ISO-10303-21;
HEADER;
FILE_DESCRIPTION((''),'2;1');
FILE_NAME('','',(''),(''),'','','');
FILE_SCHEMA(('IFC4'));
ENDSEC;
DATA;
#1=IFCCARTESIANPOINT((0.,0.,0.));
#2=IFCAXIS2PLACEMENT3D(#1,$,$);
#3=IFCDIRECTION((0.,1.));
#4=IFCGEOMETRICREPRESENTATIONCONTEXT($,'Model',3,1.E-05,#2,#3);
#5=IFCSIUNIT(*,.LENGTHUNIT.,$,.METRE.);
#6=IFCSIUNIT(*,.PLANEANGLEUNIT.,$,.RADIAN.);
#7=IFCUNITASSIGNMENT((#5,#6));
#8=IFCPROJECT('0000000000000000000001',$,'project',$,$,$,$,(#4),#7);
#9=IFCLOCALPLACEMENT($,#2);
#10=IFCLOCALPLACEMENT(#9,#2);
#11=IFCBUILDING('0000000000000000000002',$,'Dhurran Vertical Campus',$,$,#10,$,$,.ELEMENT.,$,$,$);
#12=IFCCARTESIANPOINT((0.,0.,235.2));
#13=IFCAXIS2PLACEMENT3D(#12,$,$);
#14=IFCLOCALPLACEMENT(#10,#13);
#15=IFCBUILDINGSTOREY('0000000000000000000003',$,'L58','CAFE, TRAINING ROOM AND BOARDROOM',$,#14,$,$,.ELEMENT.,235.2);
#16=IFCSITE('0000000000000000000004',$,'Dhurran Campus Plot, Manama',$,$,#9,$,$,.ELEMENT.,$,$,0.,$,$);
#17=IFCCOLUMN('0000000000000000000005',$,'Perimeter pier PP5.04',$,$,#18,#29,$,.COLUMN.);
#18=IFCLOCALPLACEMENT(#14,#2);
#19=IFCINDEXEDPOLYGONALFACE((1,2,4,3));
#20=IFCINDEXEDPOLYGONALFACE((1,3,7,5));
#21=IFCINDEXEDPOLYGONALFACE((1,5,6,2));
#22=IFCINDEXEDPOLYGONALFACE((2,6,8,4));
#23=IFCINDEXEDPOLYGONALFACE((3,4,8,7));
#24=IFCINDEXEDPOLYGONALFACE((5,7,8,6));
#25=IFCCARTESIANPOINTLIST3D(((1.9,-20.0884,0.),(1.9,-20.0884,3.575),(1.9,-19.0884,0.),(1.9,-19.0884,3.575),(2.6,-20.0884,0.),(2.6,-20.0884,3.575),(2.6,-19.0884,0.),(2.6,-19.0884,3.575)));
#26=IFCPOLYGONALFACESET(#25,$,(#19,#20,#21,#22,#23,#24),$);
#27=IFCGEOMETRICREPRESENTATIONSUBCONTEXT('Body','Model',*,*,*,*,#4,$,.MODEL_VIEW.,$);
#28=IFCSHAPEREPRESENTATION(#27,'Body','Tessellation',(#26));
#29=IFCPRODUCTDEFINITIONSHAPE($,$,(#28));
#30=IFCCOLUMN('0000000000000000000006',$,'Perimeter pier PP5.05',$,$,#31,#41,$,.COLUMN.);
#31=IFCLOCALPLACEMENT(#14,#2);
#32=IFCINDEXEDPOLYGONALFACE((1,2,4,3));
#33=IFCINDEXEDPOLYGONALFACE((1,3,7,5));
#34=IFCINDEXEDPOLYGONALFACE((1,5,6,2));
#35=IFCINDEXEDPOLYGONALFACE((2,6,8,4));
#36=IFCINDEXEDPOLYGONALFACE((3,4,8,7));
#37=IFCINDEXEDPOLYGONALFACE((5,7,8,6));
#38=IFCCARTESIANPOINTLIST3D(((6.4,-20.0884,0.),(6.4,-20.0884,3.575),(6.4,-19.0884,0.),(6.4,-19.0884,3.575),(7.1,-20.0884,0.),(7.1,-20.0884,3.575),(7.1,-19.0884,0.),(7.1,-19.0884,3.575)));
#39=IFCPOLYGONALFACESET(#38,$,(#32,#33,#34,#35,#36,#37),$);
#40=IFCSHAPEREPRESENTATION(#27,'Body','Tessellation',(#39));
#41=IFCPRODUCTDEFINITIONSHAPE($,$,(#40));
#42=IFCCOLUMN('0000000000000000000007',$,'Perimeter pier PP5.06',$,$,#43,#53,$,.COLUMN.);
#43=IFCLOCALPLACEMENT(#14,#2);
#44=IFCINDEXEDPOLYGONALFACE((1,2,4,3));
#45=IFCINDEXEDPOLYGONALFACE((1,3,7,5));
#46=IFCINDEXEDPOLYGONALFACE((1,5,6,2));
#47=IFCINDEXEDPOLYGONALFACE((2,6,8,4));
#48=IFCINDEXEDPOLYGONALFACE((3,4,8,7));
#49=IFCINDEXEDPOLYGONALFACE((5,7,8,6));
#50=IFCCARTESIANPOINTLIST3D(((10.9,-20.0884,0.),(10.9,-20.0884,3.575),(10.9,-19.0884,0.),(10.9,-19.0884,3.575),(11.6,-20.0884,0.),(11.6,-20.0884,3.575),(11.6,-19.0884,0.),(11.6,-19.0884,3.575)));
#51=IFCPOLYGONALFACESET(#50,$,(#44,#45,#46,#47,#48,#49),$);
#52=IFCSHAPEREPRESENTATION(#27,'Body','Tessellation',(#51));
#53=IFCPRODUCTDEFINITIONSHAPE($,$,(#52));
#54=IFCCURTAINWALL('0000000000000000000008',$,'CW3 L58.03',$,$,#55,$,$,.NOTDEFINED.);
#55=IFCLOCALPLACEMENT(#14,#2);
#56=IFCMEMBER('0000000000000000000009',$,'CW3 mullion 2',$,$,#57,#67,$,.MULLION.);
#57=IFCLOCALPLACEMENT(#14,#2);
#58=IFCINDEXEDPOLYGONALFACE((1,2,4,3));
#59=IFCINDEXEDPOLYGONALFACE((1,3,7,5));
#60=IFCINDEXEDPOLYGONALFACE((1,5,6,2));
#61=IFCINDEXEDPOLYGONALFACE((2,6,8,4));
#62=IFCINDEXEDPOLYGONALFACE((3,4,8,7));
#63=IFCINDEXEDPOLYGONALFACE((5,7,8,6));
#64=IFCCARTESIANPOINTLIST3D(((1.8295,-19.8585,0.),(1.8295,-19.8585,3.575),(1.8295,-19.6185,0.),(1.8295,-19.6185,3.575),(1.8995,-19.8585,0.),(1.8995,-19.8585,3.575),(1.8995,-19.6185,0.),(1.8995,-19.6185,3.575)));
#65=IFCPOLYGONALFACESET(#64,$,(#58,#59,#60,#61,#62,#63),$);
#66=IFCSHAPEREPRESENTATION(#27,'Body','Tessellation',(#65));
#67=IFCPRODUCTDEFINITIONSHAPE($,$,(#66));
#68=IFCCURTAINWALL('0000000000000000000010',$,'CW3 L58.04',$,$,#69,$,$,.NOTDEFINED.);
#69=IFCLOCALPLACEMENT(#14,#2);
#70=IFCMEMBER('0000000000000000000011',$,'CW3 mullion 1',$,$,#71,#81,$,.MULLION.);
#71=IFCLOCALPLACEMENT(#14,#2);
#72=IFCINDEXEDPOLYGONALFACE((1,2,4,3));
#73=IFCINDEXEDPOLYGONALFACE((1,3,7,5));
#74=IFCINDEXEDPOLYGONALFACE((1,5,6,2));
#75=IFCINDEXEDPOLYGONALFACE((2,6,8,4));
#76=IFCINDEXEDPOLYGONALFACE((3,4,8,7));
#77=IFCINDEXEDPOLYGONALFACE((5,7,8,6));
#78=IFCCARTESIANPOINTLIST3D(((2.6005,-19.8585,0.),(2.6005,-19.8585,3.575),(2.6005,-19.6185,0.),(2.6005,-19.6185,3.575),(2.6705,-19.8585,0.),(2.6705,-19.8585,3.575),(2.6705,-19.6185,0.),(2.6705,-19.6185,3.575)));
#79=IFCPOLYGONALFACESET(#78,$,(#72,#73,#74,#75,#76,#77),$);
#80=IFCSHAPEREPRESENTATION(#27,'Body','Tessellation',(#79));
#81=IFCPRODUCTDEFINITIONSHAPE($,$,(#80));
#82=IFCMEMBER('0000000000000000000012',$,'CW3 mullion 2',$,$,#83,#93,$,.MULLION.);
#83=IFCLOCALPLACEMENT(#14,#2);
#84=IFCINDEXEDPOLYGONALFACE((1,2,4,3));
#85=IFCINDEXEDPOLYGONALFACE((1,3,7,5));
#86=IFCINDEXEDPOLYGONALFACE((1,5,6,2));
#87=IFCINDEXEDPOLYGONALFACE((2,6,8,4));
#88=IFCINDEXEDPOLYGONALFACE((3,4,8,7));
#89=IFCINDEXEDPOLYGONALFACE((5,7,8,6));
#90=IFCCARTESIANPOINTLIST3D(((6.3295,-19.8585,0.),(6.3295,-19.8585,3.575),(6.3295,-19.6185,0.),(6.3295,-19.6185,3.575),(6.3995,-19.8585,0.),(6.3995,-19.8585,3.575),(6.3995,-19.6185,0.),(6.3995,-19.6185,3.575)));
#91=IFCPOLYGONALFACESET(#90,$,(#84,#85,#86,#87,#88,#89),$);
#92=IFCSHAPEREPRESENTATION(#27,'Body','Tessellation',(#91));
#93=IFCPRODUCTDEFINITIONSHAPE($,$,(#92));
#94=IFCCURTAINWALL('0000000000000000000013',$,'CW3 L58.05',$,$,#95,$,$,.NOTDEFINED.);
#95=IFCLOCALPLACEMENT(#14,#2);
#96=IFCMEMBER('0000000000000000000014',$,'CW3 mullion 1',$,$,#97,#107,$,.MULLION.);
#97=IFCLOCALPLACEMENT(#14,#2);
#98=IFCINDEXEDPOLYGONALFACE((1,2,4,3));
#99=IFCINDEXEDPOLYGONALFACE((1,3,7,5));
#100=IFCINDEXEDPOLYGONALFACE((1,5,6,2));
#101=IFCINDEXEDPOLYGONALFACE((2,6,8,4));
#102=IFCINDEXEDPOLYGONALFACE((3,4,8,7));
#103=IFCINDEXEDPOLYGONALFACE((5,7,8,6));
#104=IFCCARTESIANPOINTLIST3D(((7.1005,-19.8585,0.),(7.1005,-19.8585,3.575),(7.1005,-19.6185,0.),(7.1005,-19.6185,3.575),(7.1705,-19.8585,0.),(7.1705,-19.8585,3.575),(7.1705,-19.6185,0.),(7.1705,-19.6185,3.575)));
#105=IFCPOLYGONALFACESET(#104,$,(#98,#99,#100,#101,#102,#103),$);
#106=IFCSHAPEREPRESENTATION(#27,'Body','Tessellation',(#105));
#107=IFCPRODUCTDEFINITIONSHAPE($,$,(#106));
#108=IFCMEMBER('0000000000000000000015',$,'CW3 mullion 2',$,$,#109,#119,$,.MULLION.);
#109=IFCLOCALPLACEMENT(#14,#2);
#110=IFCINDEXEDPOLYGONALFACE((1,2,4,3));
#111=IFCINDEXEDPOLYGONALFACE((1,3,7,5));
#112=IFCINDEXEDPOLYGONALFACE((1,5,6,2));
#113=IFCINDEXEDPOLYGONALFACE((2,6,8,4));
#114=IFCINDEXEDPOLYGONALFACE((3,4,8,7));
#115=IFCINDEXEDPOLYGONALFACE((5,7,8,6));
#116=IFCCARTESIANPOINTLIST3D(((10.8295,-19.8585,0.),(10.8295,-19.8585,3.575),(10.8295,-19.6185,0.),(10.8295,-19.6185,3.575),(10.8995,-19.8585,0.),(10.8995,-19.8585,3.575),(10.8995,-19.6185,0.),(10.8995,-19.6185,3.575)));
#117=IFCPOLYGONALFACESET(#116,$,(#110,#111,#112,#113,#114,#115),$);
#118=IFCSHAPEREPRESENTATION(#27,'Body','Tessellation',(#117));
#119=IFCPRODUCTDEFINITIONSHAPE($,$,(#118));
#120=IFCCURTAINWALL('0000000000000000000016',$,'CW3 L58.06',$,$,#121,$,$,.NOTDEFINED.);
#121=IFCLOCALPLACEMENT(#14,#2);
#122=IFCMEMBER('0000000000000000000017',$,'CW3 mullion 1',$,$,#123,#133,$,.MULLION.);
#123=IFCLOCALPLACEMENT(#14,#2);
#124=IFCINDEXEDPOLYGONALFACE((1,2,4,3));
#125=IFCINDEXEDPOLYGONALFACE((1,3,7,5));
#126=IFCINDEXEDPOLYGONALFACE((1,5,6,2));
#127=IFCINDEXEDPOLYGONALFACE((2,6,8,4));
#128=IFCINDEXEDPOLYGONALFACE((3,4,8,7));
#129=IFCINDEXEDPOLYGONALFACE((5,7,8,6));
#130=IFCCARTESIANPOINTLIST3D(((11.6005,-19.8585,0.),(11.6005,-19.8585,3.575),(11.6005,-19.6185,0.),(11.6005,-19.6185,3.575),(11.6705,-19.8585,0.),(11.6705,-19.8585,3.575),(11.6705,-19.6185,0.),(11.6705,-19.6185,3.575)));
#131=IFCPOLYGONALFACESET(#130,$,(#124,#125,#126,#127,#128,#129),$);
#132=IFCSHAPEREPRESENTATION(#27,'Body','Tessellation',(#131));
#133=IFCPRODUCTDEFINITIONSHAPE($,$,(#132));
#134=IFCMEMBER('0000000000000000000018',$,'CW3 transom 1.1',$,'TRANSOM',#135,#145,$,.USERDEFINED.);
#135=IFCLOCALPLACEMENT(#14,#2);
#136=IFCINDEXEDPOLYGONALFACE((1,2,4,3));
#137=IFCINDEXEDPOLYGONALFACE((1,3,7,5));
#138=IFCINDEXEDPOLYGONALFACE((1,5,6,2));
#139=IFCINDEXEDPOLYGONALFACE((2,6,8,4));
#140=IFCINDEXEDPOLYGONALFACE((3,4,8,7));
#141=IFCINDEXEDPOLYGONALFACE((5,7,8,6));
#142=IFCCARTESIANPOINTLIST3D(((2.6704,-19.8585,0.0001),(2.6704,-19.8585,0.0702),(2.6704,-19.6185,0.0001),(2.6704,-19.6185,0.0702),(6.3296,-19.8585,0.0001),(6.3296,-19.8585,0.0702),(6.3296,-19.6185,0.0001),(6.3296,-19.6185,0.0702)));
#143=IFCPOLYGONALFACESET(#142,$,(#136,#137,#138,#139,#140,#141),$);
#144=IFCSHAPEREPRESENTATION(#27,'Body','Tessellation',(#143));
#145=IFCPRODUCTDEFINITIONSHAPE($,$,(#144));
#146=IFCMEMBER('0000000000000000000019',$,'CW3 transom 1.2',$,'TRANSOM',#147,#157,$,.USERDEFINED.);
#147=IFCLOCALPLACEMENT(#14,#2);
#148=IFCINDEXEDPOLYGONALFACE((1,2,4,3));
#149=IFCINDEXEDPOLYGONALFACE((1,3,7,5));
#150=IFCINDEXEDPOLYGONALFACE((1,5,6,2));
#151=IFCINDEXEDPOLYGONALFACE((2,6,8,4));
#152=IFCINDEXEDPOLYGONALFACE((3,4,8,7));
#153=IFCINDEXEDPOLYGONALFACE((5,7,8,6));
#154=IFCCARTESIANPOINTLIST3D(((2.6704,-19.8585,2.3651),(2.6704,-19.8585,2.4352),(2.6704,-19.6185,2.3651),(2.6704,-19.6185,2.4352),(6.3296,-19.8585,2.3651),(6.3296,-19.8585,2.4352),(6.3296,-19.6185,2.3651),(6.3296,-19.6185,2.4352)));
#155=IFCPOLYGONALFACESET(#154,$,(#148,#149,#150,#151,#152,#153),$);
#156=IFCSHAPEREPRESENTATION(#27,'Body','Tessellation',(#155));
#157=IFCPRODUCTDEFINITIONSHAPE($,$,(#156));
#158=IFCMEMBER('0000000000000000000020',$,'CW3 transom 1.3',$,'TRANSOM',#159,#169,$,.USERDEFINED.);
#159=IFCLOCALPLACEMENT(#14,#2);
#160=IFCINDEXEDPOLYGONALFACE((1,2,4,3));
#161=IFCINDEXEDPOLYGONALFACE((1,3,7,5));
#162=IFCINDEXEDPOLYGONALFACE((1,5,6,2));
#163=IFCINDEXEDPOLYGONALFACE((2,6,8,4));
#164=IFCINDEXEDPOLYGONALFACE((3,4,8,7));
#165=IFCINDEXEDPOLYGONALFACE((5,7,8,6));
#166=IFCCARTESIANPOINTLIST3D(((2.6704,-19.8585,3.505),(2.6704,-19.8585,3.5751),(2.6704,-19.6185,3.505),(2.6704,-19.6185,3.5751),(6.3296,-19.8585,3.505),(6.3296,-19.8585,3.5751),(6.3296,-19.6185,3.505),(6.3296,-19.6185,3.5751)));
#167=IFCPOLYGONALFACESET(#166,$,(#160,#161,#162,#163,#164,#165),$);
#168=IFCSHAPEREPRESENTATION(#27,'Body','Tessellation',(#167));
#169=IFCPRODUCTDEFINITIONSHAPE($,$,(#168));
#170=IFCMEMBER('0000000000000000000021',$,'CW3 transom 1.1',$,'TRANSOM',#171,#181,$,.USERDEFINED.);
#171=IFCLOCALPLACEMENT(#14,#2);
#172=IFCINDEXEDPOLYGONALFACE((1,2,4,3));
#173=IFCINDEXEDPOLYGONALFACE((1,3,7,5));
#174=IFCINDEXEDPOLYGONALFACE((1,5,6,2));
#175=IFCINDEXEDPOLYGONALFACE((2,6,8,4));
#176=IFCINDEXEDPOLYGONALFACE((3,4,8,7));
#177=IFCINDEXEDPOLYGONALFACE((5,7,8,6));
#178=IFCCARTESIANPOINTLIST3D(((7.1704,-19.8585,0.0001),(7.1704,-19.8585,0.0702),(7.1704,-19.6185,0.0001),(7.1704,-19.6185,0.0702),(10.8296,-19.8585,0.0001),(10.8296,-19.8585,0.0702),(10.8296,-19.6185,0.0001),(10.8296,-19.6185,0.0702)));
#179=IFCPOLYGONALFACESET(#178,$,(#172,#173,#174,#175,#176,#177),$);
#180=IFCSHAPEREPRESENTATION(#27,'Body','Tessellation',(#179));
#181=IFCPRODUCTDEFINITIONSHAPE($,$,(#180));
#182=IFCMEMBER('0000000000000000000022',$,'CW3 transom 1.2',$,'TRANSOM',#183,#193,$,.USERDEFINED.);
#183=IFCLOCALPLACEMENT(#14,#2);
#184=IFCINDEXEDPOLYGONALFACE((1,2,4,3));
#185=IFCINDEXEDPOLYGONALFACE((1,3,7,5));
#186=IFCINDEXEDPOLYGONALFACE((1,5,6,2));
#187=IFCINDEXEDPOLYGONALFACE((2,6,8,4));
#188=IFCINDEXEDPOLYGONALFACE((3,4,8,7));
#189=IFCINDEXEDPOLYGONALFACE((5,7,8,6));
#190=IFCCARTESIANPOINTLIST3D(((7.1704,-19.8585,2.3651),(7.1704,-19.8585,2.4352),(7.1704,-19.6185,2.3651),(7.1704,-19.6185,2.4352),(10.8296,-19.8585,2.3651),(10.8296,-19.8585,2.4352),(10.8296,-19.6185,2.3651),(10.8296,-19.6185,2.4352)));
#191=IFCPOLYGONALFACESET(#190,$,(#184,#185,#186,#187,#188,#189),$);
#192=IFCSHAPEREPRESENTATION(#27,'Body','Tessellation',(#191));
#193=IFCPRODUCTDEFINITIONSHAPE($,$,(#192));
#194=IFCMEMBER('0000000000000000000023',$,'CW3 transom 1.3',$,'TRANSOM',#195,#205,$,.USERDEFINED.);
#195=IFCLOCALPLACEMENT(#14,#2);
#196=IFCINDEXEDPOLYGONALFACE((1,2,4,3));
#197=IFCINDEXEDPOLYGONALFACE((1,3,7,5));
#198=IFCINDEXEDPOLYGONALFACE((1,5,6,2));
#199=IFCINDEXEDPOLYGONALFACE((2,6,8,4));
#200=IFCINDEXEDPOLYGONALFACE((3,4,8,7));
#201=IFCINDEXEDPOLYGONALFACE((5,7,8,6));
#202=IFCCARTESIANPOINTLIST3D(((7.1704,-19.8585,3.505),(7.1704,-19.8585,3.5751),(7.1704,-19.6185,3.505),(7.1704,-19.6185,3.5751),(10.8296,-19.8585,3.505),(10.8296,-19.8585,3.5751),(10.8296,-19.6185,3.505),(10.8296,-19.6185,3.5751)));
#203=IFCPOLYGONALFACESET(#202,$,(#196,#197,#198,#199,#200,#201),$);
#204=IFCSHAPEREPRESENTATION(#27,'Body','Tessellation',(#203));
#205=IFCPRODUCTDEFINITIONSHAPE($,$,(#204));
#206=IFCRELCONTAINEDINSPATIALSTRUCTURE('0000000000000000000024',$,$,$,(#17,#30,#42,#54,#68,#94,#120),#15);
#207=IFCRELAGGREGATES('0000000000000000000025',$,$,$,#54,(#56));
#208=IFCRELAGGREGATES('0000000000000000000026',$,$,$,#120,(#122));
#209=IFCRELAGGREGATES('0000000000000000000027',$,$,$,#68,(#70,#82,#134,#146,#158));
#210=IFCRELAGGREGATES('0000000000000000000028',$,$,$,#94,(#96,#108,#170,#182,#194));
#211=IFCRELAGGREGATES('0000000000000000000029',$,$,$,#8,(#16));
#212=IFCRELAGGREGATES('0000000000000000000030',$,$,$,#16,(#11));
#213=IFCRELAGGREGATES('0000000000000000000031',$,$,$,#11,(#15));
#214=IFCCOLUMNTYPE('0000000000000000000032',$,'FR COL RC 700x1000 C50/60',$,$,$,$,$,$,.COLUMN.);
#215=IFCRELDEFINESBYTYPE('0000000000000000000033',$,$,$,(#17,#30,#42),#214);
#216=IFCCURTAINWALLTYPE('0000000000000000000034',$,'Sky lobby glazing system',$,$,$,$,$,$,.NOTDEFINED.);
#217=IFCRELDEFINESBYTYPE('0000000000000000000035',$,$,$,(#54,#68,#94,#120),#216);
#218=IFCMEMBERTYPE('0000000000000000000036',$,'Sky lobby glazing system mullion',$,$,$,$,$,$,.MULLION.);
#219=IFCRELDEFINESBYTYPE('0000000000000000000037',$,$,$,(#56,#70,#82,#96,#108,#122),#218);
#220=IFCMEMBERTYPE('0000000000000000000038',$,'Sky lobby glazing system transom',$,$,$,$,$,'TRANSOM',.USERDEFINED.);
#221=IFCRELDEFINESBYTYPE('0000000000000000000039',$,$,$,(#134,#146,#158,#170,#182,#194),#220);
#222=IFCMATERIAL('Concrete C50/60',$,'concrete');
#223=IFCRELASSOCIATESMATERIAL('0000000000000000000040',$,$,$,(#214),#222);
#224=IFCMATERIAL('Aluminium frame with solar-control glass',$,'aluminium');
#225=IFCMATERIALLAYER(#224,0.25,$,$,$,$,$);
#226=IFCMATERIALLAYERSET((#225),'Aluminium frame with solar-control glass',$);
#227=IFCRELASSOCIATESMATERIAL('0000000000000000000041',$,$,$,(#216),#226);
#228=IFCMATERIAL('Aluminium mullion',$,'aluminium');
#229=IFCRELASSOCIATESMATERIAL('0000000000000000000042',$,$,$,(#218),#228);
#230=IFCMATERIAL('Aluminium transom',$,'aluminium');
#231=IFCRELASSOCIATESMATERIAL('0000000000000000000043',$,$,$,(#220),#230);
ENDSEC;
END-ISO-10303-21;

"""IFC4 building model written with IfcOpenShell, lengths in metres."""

from ifc_helpers import new_model, si_unit, direction, frame, origin, origin_2d, place, context, subcontext, project, spatial, rectangle, extrude, material, layer, layer_set, material_profile, profile_set, type_object, element, aggregate, save


model = new_model("IFC4")

# Units and contexts
model_context = context("Model", 3, precision=1e-05, world=origin(), true_north=direction((0.0, 1.0)))
body_context = subcontext(model_context, "Body", "Model", "MODEL_VIEW")
ifc_project = project(units=[si_unit("LENGTHUNIT", "METRE"), si_unit("PLANEANGLEUNIT", "RADIAN")], contexts=[model_context])

# Site, building, storey
site_placement = place(None, origin())
site = spatial("IfcSite", under=ifc_project, at=site_placement, Name="Dhurran Campus Plot, Manama", CompositionType="ELEMENT", RefElevation=0.0)
building_placement = place(site_placement, origin())
building = spatial("IfcBuilding", under=site, at=building_placement, Name="Dhurran Vertical Campus", CompositionType="ELEMENT")
storey_placement = place(building_placement, frame((0.0, 0.0, 235.2)))
storey = spatial("IfcBuildingStorey", under=building, at=storey_placement, Name="L58", Description="CAFE, TRAINING ROOM AND BOARDROOM", CompositionType="ELEMENT", Elevation=235.2)

# Columns
ifc_material_1 = material(Name="Concrete C50/60", Category="concrete")
ifc_material_profile_1 = material_profile(ifc_material_1, rectangle(XDim=0.7, YDim=1.0, at=origin_2d()), Name="RC 700x1000")
ifc_profile_set_1 = profile_set([ifc_material_profile_1], Name="Concrete C50/60")
column_type = type_object("IfcColumnType", Name="FR COL RC 700x1000 C50/60", PredefinedType="COLUMN", material=ifc_profile_set_1)
for number, where, z_axis, x_axis, name in (
    (1, (2.25, -19.5884, 0.0), (0.0, 0.0, 1.0), (1.0, 0.0, 0.0), "Perimeter pier PP5.04"),
    (2, (6.75, -19.5884, 0.0), (0.0, 0.0, 1.0), (1.0, 0.0, 0.0), "Perimeter pier PP5.05"),
    (3, (11.25, -19.5884, 0.0), (0.0, 0.0, 1.0), (1.0, 0.0, 0.0), "Perimeter pier PP5.06"),
):
    element("IfcColumn", number, at=place(storey_placement, frame(where, z_axis=z_axis, x_axis=x_axis)), inside=storey, type_object=column_type, Name=name, PredefinedType="COLUMN", context=body_context, shape_type="SweptSolid", body=[
        extrude(rectangle(XDim=0.7, YDim=1.0, at=origin_2d()), origin(), (0.0, 0.0, 1.0), 3.575),
    ])

# Curtain wall, member
ifc_material_2 = material(Name="Aluminium frame with solar-control glass", Category="aluminium")
ifc_layer_1 = layer(ifc_material_2, 0.25)
ifc_layer_set_1 = layer_set([ifc_layer_1], Name="Aluminium frame with solar-control glass")
curtain_wall_type = type_object("IfcCurtainWallType", Name="Sky lobby glazing system", PredefinedType="NOTDEFINED", material=ifc_layer_set_1)
curtain_wall_1_placement = place(storey_placement, origin())
curtain_wall_1 = element("IfcCurtainWall", 4, at=curtain_wall_1_placement, inside=storey, type_object=curtain_wall_type, Name="CW3 L58.03", PredefinedType="NOTDEFINED")
ifc_material_3 = material(Name="Aluminium mullion", Category="aluminium")
ifc_material_profile_2 = material_profile(ifc_material_3, rectangle(XDim=0.24, YDim=0.0701, at=origin_2d()), Name="Sky lobby glazing system mullion")
ifc_profile_set_2 = profile_set([ifc_material_profile_2], Name="Aluminium mullion")
member_type_1 = type_object("IfcMemberType", Name="Sky lobby glazing system mullion", PredefinedType="MULLION", material=ifc_profile_set_2)
member_1_placement = place(storey_placement, frame((1.8645, -19.7385, 0.0), z_axis=(0.0, 0.0, 1.0), x_axis=(0.0, 1.0, 0.0)))
member_1 = element("IfcMember", 5, at=member_1_placement, type_object=member_type_1, Name="CW3 mullion 2", PredefinedType="MULLION", context=body_context, shape_type="SweptSolid", body=[
    extrude(rectangle(XDim=0.24, YDim=0.0701, at=origin_2d()), origin(), (0.0, 0.0, 1.0), 3.575),
])
aggregate(curtain_wall_1, [member_1])

# Curtain walls, members
curtain_wall_2_placement = place(storey_placement, origin())
curtain_wall_2 = element("IfcCurtainWall", 6, at=curtain_wall_2_placement, inside=storey, type_object=curtain_wall_type, Name="CW3 L58.04", PredefinedType="NOTDEFINED")
member_2_placement = place(storey_placement, frame((2.6355, -19.7385, 0.0), z_axis=(0.0, 0.0, 1.0), x_axis=(0.0, 1.0, 0.0)))
member_2 = element("IfcMember", 7, at=member_2_placement, type_object=member_type_1, Name="CW3 mullion 1", PredefinedType="MULLION", context=body_context, shape_type="SweptSolid", body=[
    extrude(rectangle(XDim=0.24, YDim=0.0701, at=origin_2d()), origin(), (0.0, 0.0, 1.0), 3.575),
])
member_3_placement = place(storey_placement, frame((6.3645, -19.7385, 0.0), z_axis=(0.0, 0.0, 1.0), x_axis=(0.0, 1.0, 0.0)))
member_3 = element("IfcMember", 8, at=member_3_placement, type_object=member_type_1, Name="CW3 mullion 2", PredefinedType="MULLION", context=body_context, shape_type="SweptSolid", body=[
    extrude(rectangle(XDim=0.24, YDim=0.0701, at=origin_2d()), origin(), (0.0, 0.0, 1.0), 3.575),
])
curtain_wall_3_placement = place(storey_placement, origin())
curtain_wall_3 = element("IfcCurtainWall", 9, at=curtain_wall_3_placement, inside=storey, type_object=curtain_wall_type, Name="CW3 L58.05", PredefinedType="NOTDEFINED")
member_4_placement = place(storey_placement, frame((7.1355, -19.7385, 0.0), z_axis=(0.0, 0.0, 1.0), x_axis=(0.0, 1.0, 0.0)))
member_4 = element("IfcMember", 10, at=member_4_placement, type_object=member_type_1, Name="CW3 mullion 1", PredefinedType="MULLION", context=body_context, shape_type="SweptSolid", body=[
    extrude(rectangle(XDim=0.24, YDim=0.0701, at=origin_2d()), origin(), (0.0, 0.0, 1.0), 3.575),
])
member_5_placement = place(storey_placement, frame((10.8645, -19.7385, 0.0), z_axis=(0.0, 0.0, 1.0), x_axis=(0.0, 1.0, 0.0)))
member_5 = element("IfcMember", 11, at=member_5_placement, type_object=member_type_1, Name="CW3 mullion 2", PredefinedType="MULLION", context=body_context, shape_type="SweptSolid", body=[
    extrude(rectangle(XDim=0.24, YDim=0.0701, at=origin_2d()), origin(), (0.0, 0.0, 1.0), 3.575),
])

# Curtain wall, member
curtain_wall_4_placement = place(storey_placement, origin())
curtain_wall_4 = element("IfcCurtainWall", 12, at=curtain_wall_4_placement, inside=storey, type_object=curtain_wall_type, Name="CW3 L58.06", PredefinedType="NOTDEFINED")
member_6_placement = place(storey_placement, frame((11.6355, -19.7385, 0.0), z_axis=(0.0, 0.0, 1.0), x_axis=(0.0, 1.0, 0.0)))
member_6 = element("IfcMember", 13, at=member_6_placement, type_object=member_type_1, Name="CW3 mullion 1", PredefinedType="MULLION", context=body_context, shape_type="SweptSolid", body=[
    extrude(rectangle(XDim=0.24, YDim=0.0701, at=origin_2d()), origin(), (0.0, 0.0, 1.0), 3.575),
])

# Members
ifc_material_4 = material(Name="Aluminium transom", Category="aluminium")
ifc_material_profile_3 = material_profile(ifc_material_4, rectangle(XDim=0.24, YDim=0.0701, at=origin_2d()), Name="Sky lobby glazing system transom")
ifc_profile_set_3 = profile_set([ifc_material_profile_3], Name="Aluminium transom")
member_type_2 = type_object("IfcMemberType", Name="Sky lobby glazing system transom", ElementType="TRANSOM", PredefinedType="USERDEFINED", material=ifc_profile_set_3)
member_7_placement = place(storey_placement, frame((2.6704, -19.7385, 0.0352), z_axis=(1.0, 0.0, 0.0), x_axis=(0.0, 1.0, 0.0)))
member_7 = element("IfcMember", 14, at=member_7_placement, type_object=member_type_2, Name="CW3 transom 1.1", ObjectType="TRANSOM", PredefinedType="USERDEFINED", context=body_context, shape_type="SweptSolid", body=[
    extrude(rectangle(XDim=0.24, YDim=0.0701, at=origin_2d()), origin(), (0.0, 0.0, 1.0), 3.6592),
])
member_8_placement = place(storey_placement, frame((2.6704, -19.7385, 2.4001), z_axis=(1.0, 0.0, 0.0), x_axis=(0.0, 1.0, 0.0)))
member_8 = element("IfcMember", 15, at=member_8_placement, type_object=member_type_2, Name="CW3 transom 1.2", ObjectType="TRANSOM", PredefinedType="USERDEFINED", context=body_context, shape_type="SweptSolid", body=[
    extrude(rectangle(XDim=0.24, YDim=0.0701, at=origin_2d()), origin(), (0.0, 0.0, 1.0), 3.6592),
])
member_9_placement = place(storey_placement, frame((2.6704, -19.7385, 3.54), z_axis=(1.0, 0.0, 0.0), x_axis=(0.0, 1.0, 0.0)))
member_9 = element("IfcMember", 16, at=member_9_placement, type_object=member_type_2, Name="CW3 transom 1.3", ObjectType="TRANSOM", PredefinedType="USERDEFINED", context=body_context, shape_type="SweptSolid", body=[
    extrude(rectangle(XDim=0.24, YDim=0.0701, at=origin_2d()), origin(), (0.0, 0.0, 1.0), 3.6592),
])
member_10_placement = place(storey_placement, frame((7.1704, -19.7385, 0.0352), z_axis=(1.0, 0.0, 0.0), x_axis=(0.0, 1.0, 0.0)))
member_10 = element("IfcMember", 17, at=member_10_placement, type_object=member_type_2, Name="CW3 transom 1.1", ObjectType="TRANSOM", PredefinedType="USERDEFINED", context=body_context, shape_type="SweptSolid", body=[
    extrude(rectangle(XDim=0.24, YDim=0.0701, at=origin_2d()), origin(), (0.0, 0.0, 1.0), 3.6592),
])
member_11_placement = place(storey_placement, frame((7.1704, -19.7385, 2.4001), z_axis=(1.0, 0.0, 0.0), x_axis=(0.0, 1.0, 0.0)))
member_11 = element("IfcMember", 18, at=member_11_placement, type_object=member_type_2, Name="CW3 transom 1.2", ObjectType="TRANSOM", PredefinedType="USERDEFINED", context=body_context, shape_type="SweptSolid", body=[
    extrude(rectangle(XDim=0.24, YDim=0.0701, at=origin_2d()), origin(), (0.0, 0.0, 1.0), 3.6592),
])
member_12_placement = place(storey_placement, frame((7.1704, -19.7385, 3.54), z_axis=(1.0, 0.0, 0.0), x_axis=(0.0, 1.0, 0.0)))
member_12 = element("IfcMember", 19, at=member_12_placement, type_object=member_type_2, Name="CW3 transom 1.3", ObjectType="TRANSOM", PredefinedType="USERDEFINED", context=body_context, shape_type="SweptSolid", body=[
    extrude(rectangle(XDim=0.24, YDim=0.0701, at=origin_2d()), origin(), (0.0, 0.0, 1.0), 3.6592),
])
aggregate(curtain_wall_4, [member_6])

aggregate(curtain_wall_2, [member_2, member_3, member_7, member_8, member_9])
aggregate(curtain_wall_3, [member_4, member_5, member_10, member_11, member_12])

save(model, "model.ifc")
